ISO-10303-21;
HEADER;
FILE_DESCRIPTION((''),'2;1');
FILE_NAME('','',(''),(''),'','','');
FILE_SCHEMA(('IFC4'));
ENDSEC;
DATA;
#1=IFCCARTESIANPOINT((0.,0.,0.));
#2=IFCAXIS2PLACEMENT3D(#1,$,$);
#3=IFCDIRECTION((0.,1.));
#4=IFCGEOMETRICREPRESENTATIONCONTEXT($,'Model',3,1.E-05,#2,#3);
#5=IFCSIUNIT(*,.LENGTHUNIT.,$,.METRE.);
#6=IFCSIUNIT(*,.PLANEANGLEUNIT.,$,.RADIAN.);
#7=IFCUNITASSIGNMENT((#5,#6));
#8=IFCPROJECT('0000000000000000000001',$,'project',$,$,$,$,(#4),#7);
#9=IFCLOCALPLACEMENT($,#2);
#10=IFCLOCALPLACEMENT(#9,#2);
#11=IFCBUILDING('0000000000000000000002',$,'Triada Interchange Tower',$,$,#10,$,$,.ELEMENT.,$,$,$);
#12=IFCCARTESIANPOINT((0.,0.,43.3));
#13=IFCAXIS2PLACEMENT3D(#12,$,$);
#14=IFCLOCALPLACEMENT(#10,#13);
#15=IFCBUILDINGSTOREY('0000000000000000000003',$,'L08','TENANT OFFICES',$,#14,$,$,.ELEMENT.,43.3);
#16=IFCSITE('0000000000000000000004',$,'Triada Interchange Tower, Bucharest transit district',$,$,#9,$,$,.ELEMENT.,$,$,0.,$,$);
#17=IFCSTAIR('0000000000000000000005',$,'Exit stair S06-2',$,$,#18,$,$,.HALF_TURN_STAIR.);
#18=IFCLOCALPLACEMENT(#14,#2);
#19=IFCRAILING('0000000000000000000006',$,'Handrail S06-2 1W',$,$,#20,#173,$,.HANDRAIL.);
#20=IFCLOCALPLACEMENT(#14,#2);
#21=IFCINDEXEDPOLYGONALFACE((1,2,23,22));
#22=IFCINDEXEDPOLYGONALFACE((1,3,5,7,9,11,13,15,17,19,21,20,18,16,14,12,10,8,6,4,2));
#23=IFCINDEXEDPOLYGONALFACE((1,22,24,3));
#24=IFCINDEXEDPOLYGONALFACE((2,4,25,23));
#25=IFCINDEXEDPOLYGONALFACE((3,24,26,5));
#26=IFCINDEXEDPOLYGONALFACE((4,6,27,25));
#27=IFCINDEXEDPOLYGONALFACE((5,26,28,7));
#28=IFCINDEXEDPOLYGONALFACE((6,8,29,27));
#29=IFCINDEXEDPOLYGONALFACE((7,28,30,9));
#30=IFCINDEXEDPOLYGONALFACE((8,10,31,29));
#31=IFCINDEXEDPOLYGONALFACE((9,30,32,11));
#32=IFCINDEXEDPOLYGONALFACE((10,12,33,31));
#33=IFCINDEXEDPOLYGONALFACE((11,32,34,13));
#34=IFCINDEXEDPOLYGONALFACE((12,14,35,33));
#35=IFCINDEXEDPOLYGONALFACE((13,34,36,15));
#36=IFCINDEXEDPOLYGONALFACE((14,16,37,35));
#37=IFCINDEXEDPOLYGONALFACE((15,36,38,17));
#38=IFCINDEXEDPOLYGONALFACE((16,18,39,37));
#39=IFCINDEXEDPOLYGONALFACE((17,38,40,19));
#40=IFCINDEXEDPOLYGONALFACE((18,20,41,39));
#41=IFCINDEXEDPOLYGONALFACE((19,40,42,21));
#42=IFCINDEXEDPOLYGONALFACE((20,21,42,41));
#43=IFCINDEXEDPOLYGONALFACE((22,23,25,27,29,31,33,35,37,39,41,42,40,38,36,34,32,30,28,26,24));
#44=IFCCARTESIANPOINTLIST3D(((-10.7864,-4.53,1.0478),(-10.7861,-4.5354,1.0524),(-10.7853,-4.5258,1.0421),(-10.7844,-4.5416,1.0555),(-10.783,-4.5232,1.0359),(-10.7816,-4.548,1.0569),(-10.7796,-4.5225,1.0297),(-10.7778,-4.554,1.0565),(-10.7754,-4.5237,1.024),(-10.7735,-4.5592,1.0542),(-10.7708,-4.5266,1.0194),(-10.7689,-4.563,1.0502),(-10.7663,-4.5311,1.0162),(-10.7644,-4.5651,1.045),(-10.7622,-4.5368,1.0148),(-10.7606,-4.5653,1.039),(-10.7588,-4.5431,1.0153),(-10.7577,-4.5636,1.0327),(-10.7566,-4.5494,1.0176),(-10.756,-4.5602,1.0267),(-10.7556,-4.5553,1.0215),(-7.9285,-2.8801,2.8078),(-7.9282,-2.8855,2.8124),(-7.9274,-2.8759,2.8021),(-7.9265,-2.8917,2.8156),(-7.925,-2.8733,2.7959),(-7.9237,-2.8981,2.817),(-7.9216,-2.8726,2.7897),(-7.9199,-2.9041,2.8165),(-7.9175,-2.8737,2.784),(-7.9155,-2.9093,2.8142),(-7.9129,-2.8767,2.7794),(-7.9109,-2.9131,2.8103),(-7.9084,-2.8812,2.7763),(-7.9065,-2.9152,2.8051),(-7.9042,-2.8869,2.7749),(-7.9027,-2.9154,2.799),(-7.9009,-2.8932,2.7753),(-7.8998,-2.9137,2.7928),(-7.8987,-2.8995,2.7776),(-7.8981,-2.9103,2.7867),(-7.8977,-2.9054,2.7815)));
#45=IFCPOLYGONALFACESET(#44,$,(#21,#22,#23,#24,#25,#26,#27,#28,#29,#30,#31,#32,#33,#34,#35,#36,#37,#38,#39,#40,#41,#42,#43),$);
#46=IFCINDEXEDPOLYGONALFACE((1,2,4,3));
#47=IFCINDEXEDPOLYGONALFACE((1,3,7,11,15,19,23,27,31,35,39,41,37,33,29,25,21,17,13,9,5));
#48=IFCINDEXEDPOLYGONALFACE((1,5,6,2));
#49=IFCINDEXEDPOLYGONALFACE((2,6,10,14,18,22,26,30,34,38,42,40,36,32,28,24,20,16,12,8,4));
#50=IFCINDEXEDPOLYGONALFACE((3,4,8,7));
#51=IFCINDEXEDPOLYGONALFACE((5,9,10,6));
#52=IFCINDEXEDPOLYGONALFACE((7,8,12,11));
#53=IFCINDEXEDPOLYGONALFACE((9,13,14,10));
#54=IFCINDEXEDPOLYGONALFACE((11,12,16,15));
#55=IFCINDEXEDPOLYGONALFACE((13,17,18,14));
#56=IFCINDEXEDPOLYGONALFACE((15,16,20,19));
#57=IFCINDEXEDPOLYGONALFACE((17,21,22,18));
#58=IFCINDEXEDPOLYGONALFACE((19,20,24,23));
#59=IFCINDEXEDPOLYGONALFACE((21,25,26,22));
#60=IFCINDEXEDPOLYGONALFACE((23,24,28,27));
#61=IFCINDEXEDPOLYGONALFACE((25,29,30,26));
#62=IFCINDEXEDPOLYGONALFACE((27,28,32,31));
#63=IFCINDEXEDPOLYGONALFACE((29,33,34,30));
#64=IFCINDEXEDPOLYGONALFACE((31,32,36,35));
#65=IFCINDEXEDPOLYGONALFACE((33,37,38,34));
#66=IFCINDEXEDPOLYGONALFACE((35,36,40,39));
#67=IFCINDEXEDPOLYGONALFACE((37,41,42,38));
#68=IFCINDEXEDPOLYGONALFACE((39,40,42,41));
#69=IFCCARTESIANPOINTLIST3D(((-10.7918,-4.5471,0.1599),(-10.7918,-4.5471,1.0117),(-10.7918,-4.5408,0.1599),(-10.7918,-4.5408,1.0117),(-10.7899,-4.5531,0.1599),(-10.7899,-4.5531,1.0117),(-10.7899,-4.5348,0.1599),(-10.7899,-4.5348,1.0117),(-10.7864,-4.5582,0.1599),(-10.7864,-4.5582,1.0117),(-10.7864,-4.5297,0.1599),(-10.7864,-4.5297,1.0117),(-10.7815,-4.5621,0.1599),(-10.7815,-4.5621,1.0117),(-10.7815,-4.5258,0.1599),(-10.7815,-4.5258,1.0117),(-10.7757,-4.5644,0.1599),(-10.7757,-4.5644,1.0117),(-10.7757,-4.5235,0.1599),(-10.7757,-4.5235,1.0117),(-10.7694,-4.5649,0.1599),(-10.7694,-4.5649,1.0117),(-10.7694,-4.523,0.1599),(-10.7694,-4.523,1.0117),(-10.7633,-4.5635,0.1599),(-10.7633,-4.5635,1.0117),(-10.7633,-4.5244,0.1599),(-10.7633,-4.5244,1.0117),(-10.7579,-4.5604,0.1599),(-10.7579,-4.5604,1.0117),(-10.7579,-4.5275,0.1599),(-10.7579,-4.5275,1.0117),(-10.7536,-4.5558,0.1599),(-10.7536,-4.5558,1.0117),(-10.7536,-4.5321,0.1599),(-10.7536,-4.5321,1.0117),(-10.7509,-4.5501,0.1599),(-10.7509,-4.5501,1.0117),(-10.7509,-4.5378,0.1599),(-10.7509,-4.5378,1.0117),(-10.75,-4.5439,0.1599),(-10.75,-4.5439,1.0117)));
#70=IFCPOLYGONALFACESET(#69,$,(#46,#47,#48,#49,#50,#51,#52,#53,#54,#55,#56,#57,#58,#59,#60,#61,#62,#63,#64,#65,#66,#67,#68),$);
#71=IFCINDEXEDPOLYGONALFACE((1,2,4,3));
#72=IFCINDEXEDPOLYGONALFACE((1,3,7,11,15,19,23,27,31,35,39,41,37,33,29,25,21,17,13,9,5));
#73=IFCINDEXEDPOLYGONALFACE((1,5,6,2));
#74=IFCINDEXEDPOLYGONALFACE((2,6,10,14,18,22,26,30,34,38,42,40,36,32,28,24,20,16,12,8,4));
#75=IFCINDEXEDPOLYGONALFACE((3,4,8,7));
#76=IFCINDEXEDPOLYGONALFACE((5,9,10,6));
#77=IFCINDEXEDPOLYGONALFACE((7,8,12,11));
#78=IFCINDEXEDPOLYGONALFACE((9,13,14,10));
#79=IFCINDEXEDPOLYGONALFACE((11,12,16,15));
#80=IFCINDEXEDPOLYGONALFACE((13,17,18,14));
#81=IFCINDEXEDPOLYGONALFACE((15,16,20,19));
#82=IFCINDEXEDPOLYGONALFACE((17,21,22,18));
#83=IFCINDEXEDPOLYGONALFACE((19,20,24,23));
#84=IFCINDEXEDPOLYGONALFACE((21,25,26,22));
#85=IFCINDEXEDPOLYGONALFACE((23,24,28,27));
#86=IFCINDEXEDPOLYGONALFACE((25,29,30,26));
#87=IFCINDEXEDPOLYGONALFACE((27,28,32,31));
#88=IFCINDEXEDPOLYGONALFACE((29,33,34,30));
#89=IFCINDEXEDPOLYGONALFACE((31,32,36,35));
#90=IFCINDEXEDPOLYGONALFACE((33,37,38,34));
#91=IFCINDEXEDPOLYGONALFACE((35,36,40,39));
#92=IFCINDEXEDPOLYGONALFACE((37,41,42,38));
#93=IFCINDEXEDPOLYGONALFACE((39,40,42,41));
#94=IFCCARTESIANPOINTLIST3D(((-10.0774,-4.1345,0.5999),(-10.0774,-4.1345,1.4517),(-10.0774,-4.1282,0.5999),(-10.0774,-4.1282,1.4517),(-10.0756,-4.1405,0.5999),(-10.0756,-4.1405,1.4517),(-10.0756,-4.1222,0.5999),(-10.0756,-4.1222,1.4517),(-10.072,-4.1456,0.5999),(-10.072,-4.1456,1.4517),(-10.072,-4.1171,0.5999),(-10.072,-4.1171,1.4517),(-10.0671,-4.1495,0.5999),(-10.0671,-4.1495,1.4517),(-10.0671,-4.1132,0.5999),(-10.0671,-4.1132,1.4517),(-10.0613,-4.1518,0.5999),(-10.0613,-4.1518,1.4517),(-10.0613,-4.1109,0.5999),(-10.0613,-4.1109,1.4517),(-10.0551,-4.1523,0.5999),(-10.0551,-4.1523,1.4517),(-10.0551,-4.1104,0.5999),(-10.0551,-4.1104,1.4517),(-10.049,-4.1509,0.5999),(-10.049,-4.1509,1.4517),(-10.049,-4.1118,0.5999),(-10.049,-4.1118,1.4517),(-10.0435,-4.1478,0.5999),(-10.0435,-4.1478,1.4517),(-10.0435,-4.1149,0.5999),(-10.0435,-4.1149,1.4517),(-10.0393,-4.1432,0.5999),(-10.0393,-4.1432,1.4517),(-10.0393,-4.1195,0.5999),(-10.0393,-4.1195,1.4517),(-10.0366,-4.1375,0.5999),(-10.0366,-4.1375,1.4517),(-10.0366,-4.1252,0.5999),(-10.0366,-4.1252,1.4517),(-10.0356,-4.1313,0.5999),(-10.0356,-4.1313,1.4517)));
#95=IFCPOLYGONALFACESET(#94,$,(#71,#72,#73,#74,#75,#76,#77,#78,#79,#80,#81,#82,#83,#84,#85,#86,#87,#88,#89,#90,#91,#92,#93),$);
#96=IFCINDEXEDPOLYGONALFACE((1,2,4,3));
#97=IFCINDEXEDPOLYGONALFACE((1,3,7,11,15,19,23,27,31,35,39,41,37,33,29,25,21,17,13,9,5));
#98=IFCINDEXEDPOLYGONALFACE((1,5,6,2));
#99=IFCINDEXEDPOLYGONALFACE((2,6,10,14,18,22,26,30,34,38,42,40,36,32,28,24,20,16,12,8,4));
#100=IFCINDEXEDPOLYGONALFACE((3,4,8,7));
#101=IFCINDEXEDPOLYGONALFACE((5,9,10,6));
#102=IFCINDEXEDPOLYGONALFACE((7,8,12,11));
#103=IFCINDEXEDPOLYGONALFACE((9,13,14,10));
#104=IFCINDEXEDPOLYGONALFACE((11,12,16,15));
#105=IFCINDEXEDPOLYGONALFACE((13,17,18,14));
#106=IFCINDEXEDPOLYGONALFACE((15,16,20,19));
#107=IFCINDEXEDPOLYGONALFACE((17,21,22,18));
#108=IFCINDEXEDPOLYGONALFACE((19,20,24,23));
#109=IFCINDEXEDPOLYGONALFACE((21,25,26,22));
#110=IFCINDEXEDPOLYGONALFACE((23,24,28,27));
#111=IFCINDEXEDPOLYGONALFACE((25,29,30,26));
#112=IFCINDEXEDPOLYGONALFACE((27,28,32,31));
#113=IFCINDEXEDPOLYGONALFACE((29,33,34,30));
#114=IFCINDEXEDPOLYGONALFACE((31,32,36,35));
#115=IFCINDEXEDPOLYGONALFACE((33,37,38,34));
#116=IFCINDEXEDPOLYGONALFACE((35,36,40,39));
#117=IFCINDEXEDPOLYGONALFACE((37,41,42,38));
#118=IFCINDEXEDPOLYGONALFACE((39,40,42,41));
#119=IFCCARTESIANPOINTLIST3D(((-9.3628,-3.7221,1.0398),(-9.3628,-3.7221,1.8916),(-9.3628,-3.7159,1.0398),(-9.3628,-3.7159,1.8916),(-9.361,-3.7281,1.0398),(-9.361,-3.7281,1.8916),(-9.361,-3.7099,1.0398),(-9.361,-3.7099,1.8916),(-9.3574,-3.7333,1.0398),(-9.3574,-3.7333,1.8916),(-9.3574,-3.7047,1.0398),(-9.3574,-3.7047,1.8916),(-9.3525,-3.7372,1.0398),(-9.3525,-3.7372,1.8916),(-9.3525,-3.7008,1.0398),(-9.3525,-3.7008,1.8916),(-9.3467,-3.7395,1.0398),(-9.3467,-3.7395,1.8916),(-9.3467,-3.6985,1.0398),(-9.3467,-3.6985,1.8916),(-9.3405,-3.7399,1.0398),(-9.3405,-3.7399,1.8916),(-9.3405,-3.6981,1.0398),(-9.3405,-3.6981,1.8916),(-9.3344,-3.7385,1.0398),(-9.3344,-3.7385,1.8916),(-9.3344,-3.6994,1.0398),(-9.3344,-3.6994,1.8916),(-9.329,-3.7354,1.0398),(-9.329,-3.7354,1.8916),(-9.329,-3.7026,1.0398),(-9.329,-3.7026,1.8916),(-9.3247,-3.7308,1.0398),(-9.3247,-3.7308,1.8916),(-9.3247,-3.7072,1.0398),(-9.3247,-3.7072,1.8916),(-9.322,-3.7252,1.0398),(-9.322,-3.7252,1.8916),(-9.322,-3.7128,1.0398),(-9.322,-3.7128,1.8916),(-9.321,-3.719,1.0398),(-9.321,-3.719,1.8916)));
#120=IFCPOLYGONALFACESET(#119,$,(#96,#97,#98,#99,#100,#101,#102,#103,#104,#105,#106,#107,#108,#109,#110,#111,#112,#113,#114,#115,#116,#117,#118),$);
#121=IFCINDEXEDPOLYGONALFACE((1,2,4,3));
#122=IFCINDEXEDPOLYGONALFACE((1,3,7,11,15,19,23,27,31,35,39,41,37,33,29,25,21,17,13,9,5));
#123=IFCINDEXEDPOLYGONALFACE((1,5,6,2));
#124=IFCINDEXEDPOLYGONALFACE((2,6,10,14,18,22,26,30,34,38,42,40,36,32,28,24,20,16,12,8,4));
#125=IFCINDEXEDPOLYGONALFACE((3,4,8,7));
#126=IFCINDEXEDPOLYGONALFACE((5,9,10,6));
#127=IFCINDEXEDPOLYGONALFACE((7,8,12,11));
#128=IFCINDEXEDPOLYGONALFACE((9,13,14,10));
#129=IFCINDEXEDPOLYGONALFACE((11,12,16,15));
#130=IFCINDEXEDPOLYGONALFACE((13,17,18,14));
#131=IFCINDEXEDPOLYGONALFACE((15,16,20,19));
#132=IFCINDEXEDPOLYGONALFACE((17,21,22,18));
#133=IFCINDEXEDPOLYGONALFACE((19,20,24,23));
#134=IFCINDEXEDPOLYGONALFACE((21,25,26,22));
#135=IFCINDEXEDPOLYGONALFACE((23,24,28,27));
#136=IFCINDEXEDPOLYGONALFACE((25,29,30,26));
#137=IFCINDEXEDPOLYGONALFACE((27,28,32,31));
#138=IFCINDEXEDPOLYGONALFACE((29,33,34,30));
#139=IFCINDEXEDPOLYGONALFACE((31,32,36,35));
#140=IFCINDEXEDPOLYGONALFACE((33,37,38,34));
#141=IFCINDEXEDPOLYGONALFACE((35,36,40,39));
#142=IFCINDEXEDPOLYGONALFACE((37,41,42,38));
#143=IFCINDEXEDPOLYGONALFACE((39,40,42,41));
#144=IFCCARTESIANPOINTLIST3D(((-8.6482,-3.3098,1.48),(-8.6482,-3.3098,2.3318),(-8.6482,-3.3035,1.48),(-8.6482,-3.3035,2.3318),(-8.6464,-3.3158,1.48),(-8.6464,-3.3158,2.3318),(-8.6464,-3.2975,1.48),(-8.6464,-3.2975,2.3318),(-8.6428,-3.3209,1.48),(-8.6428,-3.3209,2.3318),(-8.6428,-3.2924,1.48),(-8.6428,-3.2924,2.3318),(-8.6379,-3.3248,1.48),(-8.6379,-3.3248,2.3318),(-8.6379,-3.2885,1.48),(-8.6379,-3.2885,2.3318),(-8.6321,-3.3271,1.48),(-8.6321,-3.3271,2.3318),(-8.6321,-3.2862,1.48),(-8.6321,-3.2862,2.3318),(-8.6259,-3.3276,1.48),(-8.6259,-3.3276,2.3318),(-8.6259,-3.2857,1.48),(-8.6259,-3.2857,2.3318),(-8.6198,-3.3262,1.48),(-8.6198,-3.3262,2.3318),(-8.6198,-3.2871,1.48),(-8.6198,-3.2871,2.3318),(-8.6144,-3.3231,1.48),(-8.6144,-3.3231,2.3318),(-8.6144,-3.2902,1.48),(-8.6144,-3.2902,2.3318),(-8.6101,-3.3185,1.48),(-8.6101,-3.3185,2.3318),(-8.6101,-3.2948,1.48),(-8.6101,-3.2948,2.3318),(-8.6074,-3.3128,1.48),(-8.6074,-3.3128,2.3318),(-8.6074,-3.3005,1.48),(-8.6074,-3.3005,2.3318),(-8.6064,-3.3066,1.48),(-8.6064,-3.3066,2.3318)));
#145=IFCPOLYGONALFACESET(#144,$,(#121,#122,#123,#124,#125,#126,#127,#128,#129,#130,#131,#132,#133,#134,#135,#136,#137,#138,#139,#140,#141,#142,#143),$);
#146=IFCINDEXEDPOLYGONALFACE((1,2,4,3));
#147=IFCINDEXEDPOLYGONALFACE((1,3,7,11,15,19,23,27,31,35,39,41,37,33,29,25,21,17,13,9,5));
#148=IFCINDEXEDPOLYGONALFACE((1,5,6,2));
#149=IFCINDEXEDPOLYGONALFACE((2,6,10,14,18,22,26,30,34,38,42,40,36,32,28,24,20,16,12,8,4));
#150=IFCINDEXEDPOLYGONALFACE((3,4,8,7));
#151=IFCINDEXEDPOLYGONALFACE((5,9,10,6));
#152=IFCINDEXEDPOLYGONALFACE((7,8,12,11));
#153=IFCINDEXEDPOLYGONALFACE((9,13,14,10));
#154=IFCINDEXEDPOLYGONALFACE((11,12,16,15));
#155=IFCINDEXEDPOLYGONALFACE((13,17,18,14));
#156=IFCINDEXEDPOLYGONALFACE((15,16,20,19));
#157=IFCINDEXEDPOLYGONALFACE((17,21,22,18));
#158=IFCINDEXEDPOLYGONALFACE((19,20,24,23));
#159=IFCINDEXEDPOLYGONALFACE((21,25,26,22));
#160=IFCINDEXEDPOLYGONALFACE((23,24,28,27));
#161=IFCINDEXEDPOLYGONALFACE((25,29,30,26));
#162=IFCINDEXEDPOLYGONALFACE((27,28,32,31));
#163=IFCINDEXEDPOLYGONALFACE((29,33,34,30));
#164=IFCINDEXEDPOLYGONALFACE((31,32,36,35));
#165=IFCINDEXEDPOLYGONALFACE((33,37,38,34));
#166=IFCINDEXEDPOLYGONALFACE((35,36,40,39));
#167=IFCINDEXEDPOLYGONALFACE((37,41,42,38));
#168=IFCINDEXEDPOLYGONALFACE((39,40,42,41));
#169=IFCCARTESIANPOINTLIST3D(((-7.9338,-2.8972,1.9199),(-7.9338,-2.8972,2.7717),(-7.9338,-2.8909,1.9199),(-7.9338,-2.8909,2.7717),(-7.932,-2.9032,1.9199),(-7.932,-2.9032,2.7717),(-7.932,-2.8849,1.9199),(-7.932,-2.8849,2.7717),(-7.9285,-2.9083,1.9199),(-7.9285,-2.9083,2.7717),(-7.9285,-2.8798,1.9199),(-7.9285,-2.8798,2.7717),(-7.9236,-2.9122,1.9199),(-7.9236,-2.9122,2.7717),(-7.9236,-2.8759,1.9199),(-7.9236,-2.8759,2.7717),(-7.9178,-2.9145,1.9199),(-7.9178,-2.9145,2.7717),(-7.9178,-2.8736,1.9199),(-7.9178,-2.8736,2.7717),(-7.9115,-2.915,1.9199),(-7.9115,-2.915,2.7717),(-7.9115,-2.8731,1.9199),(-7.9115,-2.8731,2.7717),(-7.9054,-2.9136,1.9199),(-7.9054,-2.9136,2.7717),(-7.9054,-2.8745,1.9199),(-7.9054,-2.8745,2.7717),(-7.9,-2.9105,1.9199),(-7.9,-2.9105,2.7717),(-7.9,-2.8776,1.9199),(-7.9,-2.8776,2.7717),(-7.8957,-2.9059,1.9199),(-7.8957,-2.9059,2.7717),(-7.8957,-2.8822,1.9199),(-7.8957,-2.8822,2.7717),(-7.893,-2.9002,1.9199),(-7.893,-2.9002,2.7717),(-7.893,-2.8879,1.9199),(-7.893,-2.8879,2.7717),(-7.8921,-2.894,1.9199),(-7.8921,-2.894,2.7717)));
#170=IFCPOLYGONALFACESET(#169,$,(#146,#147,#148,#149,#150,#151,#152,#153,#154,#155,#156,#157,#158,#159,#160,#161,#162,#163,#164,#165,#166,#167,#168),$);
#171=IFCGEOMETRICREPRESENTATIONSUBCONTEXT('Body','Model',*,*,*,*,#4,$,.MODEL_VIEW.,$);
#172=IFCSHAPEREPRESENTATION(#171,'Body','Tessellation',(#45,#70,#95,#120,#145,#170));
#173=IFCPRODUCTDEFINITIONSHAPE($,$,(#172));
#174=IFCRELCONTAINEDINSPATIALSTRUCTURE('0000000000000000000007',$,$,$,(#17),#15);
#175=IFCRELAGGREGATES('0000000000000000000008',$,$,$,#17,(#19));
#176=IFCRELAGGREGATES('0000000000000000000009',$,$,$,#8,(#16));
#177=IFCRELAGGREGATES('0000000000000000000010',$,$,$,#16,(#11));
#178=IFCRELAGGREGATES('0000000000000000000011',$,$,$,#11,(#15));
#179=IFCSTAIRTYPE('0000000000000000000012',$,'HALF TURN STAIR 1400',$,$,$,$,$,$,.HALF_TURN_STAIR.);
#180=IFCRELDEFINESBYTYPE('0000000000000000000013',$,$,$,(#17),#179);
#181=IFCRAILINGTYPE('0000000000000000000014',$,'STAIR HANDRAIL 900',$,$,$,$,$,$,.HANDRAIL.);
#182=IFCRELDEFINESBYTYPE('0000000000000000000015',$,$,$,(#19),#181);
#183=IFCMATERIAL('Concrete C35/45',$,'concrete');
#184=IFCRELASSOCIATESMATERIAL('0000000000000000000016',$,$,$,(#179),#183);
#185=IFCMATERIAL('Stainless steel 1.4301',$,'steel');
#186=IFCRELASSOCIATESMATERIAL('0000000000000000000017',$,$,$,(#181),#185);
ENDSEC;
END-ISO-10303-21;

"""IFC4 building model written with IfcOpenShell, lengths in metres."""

from ifc_helpers import new_model, si_unit, direction, frame, origin, origin_2d, place, context, subcontext, project, spatial, circle, extrude, material, type_object, element, aggregate, save


model = new_model("IFC4")

# Units and contexts
model_context = context("Model", 3, precision=1e-05, world=origin(), true_north=direction((0.0, 1.0)))
body_context = subcontext(model_context, "Body", "Model", "MODEL_VIEW")
ifc_project = project(units=[si_unit("LENGTHUNIT", "METRE"), si_unit("PLANEANGLEUNIT", "RADIAN")], contexts=[model_context])

# Site, building, storey
site_placement = place(None, origin())
site = spatial("IfcSite", under=ifc_project, at=site_placement, Name="Triada Interchange Tower, Bucharest transit district", CompositionType="ELEMENT", RefElevation=0.0)
building_placement = place(site_placement, origin())
building = spatial("IfcBuilding", under=site, at=building_placement, Name="Triada Interchange Tower", CompositionType="ELEMENT")
storey_placement = place(building_placement, frame((0.0, 0.0, 43.3)))
storey = spatial("IfcBuildingStorey", under=building, at=storey_placement, Name="L08", Description="TENANT OFFICES", CompositionType="ELEMENT", Elevation=43.3)

# Stair, railing
ifc_material_1 = material(Name="Concrete C35/45", Category="concrete")
stair_type = type_object("IfcStairType", Name="HALF TURN STAIR 1400", PredefinedType="HALF_TURN_STAIR", material=ifc_material_1)
stair_placement = place(storey_placement, origin())
stair = element("IfcStair", 1, at=stair_placement, inside=storey, type_object=stair_type, Name="Exit stair S06-2", PredefinedType="HALF_TURN_STAIR")
ifc_material_2 = material(Name="Stainless steel 1.4301", Category="steel")
railing_type = type_object("IfcRailingType", Name="STAIR HANDRAIL 900", PredefinedType="HANDRAIL", material=ifc_material_2)
railing_1_placement = place(storey_placement, frame((-10.771, -4.5439, 0.1599)))
railing_1 = element("IfcRailing", 2, at=railing_1_placement, type_object=railing_type, Name="Handrail S06-2 1W", PredefinedType="HANDRAIL", context=body_context, shape_type="SweptSolid", body=[
    extrude(circle(Radius=0.0239, at=origin_2d()), frame((0.0, 0.0, 0.876), z_axis=(0.764151, 0.441153, 0.470593), x_axis=(-0.499974, 0.86604, 0.0)), (0.0, 0.0, 1.0), 3.74),
    extrude(circle(Radius=0.021, at=origin_2d()), origin(), (0.0, 0.0, 1.0), 0.8518),
    extrude(circle(Radius=0.021, at=origin_2d()), frame((0.7144, 0.4126, 0.4399)), (0.0, 0.0, 1.0), 0.8518),
    extrude(circle(Radius=0.021, at=origin_2d()), frame((1.429, 0.825, 0.8799)), (0.0, 0.0, 1.0), 0.8518),
    extrude(circle(Radius=0.021, at=origin_2d()), frame((2.1436, 1.2373, 1.3201)), (0.0, 0.0, 1.0), 0.8518),
    extrude(circle(Radius=0.021, at=origin_2d()), frame((2.8579, 1.6499, 1.76)), (0.0, 0.0, 1.0), 0.8518),
])
aggregate(stair, [railing_1])

save(model, "model.ifc")
